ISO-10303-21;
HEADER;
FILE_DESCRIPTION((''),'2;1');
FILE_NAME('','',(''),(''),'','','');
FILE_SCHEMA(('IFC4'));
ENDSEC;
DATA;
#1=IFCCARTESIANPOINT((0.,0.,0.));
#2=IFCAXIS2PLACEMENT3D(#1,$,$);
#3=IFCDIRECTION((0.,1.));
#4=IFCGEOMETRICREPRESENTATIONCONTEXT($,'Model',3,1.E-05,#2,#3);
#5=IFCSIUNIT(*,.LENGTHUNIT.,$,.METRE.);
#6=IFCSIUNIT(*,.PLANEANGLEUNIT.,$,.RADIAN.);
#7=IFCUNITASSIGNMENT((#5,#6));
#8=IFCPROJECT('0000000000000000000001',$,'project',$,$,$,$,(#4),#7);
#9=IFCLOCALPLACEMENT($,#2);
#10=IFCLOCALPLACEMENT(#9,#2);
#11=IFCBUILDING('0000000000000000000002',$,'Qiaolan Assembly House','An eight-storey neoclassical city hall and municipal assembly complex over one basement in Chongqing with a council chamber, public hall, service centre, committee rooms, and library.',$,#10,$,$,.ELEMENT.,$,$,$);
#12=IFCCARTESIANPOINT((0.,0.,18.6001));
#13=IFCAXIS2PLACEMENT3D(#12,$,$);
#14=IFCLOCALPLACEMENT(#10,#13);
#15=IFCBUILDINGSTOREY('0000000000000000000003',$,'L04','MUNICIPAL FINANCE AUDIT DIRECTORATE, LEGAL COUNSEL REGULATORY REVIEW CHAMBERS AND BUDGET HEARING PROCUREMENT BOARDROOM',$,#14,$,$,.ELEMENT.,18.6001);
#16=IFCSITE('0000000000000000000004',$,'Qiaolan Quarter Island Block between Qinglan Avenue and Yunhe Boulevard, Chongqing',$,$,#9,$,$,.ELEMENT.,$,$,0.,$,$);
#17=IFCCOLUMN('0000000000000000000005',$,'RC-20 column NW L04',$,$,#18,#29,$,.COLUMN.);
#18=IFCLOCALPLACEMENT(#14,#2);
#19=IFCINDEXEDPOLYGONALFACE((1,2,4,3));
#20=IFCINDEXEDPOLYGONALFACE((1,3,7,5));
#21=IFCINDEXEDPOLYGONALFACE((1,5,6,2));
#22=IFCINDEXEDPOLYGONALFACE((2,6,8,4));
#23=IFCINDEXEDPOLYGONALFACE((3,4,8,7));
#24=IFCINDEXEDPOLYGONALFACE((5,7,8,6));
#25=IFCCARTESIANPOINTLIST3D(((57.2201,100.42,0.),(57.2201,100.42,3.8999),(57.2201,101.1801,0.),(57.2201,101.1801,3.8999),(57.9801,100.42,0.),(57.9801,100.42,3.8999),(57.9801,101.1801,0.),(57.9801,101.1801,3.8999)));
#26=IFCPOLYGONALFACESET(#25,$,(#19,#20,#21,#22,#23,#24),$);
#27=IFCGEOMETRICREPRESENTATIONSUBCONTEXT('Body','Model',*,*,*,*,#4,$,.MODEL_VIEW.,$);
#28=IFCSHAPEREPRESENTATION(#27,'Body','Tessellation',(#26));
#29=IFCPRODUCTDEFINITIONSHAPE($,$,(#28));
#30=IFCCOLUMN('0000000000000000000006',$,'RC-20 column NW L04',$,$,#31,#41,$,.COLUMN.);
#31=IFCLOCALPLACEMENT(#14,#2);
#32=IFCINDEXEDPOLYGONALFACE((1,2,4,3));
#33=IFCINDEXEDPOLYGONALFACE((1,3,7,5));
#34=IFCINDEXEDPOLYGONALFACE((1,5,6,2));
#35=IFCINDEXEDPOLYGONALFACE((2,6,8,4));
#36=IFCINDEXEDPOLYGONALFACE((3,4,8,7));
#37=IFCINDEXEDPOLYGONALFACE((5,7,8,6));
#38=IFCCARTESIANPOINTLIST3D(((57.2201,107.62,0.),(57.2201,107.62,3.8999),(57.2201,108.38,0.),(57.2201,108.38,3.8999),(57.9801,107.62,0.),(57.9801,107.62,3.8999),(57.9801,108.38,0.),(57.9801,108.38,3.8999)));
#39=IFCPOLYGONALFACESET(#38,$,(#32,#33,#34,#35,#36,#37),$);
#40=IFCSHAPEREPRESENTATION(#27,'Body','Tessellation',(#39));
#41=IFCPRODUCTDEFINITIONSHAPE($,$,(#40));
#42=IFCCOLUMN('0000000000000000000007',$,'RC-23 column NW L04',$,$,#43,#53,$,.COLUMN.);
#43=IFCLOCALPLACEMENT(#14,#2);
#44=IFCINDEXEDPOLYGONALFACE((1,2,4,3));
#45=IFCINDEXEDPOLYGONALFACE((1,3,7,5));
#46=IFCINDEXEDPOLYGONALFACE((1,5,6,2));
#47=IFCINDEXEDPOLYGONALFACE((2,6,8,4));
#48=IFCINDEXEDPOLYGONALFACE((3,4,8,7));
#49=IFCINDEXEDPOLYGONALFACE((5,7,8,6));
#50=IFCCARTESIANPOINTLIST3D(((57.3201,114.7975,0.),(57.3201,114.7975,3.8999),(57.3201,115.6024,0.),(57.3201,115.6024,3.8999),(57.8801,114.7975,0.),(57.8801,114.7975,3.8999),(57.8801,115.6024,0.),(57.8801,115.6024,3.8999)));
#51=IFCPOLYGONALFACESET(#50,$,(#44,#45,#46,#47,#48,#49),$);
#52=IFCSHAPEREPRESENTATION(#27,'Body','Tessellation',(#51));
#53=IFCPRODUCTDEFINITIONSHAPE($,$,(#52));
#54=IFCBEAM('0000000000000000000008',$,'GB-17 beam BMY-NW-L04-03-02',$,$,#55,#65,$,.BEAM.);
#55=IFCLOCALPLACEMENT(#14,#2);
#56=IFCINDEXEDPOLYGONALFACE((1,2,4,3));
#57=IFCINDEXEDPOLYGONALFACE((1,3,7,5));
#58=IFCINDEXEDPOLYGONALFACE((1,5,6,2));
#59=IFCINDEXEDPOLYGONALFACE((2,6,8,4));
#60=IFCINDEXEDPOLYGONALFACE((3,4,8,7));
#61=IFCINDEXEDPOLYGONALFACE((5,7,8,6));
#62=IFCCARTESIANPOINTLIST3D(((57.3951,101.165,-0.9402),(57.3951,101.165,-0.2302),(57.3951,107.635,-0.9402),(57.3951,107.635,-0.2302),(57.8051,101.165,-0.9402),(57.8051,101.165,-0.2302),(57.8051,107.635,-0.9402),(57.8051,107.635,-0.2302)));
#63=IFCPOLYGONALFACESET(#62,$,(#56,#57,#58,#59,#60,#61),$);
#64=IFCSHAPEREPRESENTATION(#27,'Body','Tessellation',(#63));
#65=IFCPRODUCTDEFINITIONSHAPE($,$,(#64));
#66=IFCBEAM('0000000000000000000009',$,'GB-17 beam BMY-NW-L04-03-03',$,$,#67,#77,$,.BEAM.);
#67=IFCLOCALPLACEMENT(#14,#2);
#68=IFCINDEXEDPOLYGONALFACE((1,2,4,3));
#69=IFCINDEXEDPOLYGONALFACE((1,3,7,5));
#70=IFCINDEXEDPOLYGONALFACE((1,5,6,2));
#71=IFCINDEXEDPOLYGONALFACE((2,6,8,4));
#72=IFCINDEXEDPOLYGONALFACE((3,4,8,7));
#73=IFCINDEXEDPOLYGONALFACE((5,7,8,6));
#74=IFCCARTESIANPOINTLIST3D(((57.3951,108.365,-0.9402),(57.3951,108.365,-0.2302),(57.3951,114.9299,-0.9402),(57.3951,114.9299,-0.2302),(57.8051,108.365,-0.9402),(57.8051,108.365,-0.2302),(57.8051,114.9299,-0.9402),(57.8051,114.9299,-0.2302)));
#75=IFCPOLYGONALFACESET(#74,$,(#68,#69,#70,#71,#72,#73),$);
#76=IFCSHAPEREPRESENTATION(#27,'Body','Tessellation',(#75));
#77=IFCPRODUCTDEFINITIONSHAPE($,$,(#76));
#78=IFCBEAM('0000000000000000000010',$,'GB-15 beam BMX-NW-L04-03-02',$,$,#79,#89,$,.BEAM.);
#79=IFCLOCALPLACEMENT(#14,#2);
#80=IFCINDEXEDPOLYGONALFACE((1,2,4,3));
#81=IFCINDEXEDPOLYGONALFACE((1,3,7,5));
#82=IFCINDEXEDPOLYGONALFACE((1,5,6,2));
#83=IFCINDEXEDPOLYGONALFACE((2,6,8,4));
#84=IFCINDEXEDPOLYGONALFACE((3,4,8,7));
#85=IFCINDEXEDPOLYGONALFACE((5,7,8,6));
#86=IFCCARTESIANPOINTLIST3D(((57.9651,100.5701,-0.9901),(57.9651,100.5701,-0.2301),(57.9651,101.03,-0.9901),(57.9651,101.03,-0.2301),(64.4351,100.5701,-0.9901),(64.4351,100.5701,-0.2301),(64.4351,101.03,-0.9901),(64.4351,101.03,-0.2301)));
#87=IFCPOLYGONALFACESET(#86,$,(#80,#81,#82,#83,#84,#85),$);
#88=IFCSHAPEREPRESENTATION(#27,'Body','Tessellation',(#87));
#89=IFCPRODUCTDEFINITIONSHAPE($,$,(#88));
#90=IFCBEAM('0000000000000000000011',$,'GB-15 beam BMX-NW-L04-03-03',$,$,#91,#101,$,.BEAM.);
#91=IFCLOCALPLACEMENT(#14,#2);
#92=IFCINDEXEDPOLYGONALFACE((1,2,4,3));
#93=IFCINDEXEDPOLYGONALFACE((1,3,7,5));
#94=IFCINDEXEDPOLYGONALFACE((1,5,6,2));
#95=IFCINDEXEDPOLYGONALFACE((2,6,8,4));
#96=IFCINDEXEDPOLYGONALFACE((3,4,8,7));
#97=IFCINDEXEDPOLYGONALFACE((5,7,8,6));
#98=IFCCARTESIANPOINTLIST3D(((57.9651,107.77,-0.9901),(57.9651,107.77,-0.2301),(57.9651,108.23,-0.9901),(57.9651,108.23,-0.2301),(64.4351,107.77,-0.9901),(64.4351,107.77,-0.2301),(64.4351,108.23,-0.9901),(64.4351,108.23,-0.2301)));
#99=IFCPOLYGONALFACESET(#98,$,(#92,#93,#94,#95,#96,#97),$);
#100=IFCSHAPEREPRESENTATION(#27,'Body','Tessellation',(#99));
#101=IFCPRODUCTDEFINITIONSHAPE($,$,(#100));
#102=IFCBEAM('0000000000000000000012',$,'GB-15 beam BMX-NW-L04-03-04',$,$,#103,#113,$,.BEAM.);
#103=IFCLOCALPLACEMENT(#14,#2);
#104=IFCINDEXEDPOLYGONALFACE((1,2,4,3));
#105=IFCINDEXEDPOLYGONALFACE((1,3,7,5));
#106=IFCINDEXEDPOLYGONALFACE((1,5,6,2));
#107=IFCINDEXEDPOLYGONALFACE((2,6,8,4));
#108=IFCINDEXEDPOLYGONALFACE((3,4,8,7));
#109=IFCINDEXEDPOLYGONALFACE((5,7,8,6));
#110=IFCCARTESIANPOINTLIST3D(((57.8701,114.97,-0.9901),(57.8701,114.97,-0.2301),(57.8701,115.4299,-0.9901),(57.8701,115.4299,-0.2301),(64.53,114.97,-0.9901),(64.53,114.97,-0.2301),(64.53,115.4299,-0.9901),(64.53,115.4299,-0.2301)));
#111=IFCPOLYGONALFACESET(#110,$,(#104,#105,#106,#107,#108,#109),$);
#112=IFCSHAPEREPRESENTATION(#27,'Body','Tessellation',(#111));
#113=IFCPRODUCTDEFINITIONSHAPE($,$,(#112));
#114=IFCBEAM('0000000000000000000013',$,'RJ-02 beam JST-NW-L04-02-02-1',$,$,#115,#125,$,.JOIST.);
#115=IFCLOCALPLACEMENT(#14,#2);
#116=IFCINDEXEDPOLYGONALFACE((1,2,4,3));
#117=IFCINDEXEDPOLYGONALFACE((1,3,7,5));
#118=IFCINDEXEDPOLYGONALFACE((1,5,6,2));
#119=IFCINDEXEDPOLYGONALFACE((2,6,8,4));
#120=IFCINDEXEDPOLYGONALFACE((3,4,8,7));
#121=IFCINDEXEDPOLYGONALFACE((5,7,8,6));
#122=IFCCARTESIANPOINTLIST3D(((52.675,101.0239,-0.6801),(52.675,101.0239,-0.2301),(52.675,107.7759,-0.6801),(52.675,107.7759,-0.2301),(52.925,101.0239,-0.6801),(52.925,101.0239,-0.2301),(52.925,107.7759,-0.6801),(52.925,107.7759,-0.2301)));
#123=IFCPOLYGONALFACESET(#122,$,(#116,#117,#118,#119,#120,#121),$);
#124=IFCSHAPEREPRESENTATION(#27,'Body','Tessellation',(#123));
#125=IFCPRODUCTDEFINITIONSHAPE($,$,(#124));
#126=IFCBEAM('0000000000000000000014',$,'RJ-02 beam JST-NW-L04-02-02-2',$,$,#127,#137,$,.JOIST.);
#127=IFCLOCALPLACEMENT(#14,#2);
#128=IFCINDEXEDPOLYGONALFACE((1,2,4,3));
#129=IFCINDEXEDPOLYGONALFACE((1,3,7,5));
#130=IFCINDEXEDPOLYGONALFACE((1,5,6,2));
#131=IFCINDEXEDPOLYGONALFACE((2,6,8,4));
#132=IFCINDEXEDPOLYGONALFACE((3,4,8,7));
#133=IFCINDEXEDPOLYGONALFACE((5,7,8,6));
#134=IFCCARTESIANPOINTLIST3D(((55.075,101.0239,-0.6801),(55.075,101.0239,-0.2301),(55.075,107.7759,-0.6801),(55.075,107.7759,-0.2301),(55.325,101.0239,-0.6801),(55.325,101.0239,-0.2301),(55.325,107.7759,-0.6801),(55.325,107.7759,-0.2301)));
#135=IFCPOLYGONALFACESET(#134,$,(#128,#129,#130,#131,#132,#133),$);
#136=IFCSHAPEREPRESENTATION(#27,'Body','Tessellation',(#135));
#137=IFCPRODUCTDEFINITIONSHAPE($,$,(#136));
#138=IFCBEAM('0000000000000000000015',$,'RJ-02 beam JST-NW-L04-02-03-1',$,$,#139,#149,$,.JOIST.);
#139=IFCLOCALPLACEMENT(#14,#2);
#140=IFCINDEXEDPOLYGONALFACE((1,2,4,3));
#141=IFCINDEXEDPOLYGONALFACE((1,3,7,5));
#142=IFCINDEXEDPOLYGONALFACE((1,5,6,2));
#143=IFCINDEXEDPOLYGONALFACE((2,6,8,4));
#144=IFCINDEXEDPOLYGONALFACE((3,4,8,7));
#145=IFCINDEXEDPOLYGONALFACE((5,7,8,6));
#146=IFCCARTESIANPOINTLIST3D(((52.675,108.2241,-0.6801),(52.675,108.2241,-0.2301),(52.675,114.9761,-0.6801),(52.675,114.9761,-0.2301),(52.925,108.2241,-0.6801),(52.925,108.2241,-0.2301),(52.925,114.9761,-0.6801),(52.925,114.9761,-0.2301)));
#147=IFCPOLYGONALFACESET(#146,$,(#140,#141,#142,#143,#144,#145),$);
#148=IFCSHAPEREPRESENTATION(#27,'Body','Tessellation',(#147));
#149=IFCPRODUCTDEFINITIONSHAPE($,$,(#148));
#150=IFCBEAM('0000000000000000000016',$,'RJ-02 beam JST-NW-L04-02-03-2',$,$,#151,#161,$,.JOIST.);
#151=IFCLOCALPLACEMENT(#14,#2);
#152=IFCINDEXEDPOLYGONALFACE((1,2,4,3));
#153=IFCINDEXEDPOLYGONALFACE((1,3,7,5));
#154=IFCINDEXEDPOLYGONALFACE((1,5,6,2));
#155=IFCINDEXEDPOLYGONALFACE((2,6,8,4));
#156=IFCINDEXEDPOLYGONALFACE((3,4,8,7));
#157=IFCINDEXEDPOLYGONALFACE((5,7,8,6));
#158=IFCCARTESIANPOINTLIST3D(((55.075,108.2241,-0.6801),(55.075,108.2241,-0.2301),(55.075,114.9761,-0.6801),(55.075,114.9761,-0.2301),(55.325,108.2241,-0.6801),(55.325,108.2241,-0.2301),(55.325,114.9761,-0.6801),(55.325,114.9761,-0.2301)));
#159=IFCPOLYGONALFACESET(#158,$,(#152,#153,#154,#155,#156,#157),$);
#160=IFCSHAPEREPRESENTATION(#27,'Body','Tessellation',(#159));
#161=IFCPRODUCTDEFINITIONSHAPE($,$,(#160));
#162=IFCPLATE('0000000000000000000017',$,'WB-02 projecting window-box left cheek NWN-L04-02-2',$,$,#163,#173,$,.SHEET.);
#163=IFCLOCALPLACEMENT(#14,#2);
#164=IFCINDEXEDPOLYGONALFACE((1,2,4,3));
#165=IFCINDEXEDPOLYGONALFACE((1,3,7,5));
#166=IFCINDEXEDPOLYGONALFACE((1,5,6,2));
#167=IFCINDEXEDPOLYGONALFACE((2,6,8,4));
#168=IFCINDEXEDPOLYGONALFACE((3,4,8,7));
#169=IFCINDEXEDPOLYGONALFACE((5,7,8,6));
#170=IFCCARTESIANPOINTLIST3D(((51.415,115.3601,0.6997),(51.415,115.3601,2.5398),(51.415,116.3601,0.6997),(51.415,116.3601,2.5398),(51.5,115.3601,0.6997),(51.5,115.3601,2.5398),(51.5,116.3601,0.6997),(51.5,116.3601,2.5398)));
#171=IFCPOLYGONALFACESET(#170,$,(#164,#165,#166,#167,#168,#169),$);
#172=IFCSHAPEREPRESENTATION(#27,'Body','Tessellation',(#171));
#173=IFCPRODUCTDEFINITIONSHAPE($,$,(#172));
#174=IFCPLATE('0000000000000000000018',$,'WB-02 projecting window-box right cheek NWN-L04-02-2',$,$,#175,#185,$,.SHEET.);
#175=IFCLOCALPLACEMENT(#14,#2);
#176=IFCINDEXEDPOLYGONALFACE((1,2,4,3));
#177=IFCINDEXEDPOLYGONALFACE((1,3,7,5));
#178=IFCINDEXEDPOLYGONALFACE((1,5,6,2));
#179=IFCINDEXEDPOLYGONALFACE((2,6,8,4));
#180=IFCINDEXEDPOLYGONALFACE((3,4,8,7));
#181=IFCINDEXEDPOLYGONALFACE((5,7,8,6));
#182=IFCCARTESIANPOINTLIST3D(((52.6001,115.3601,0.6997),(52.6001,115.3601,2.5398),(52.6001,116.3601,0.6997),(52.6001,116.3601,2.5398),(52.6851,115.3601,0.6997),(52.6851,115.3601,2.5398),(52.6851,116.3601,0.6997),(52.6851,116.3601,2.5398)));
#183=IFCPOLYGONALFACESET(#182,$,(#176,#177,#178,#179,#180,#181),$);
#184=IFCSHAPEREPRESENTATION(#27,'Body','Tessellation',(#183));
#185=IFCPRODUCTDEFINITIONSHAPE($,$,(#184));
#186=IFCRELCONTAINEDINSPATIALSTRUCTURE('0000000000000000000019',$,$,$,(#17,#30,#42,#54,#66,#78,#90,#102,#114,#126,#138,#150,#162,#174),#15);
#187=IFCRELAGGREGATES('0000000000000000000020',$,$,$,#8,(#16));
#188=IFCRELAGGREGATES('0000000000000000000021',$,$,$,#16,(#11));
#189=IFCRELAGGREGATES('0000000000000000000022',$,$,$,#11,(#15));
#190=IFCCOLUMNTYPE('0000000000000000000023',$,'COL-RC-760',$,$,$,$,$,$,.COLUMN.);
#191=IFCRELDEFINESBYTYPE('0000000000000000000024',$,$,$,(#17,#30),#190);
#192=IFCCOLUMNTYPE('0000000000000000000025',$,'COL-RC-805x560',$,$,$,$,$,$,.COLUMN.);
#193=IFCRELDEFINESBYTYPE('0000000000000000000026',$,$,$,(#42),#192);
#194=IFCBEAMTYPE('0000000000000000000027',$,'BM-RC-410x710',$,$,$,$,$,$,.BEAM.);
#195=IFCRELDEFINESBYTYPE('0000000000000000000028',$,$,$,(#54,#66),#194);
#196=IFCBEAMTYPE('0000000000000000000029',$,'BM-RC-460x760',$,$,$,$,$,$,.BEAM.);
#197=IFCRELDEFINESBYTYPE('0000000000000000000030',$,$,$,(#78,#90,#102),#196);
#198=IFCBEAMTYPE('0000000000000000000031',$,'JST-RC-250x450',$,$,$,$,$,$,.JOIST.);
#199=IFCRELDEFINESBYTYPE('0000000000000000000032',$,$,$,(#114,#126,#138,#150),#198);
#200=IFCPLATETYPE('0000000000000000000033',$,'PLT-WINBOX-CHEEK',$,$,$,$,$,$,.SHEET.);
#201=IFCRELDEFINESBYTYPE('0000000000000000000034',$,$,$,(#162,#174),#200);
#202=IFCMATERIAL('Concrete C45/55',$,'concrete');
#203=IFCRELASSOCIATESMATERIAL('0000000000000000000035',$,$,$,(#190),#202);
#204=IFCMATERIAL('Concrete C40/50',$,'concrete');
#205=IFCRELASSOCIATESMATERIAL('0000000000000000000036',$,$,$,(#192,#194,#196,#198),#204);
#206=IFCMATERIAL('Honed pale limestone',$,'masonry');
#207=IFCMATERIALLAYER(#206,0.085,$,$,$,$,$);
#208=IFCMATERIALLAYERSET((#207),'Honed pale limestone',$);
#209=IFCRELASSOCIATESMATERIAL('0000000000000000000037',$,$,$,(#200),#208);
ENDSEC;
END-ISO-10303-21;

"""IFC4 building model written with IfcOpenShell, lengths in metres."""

from ifc_helpers import new_model, si_unit, direction, frame, origin, origin_2d, place, context, subcontext, project, spatial, rectangle, extrude, material, layer, layer_set, material_profile, profile_set, type_object, element, save


model = new_model("IFC4")

# Units and contexts
model_context = context("Model", 3, precision=1e-05, world=origin(), true_north=direction((0.0, 1.0)))
body_context = subcontext(model_context, "Body", "Model", "MODEL_VIEW")
ifc_project = project(units=[si_unit("LENGTHUNIT", "METRE"), si_unit("PLANEANGLEUNIT", "RADIAN")], contexts=[model_context])

# Site, building, storey
site_placement = place(None, origin())
site = spatial("IfcSite", under=ifc_project, at=site_placement, Name="Qiaolan Quarter Island Block between Qinglan Avenue and Yunhe Boulevard, Chongqing", CompositionType="ELEMENT", RefElevation=0.0)
building_placement = place(site_placement, origin())
building = spatial("IfcBuilding", under=site, at=building_placement, Name="Qiaolan Assembly House", Description="An eight-storey neoclassical city hall and municipal assembly complex over one basement in Chongqing with a council chamber, public hall, service centre, committee rooms, and library.", CompositionType="ELEMENT")
storey_placement = place(building_placement, frame((0.0, 0.0, 18.6001)))
storey = spatial("IfcBuildingStorey", under=building, at=storey_placement, Name="L04", Description="MUNICIPAL FINANCE AUDIT DIRECTORATE, LEGAL COUNSEL REGULATORY REVIEW CHAMBERS AND BUDGET HEARING PROCUREMENT BOARDROOM", CompositionType="ELEMENT", Elevation=18.6001)

# Columns
ifc_material_1 = material(Name="Concrete C45/55", Category="concrete")
ifc_material_profile_1 = material_profile(ifc_material_1, rectangle(XDim=0.76, YDim=0.76, at=origin_2d()), Name="RC 760x760")
ifc_profile_set_1 = profile_set([ifc_material_profile_1], Name="Concrete C45/55")
column_type_1 = type_object("IfcColumnType", Name="COL-RC-760", PredefinedType="COLUMN", material=ifc_profile_set_1)
for number, where, z_axis, x_axis, name in (
    (1, (57.6001, 100.8, 0.0), (0.0, 0.0, 1.0), (1.0, 0.0, 0.0), "RC-20 column NW L04"),
    (2, (57.6001, 108.0, 0.0), (0.0, 0.0, 1.0), (1.0, 0.0, 0.0), "RC-20 column NW L04"),
):
    element("IfcColumn", number, at=place(storey_placement, frame(where, z_axis=z_axis, x_axis=x_axis)), inside=storey, type_object=column_type_1, Name=name, PredefinedType="COLUMN", context=body_context, shape_type="SweptSolid", body=[
        extrude(rectangle(XDim=0.76, YDim=0.76, at=origin_2d()), origin(), (0.0, 0.0, 1.0), 3.8999),
    ])
ifc_material_2 = material(Name="Concrete C40/50", Category="concrete")
ifc_material_profile_2 = material_profile(ifc_material_2, rectangle(XDim=0.5601, YDim=0.8049, at=origin_2d()), Name="RC 805x560")
ifc_profile_set_2 = profile_set([ifc_material_profile_2], Name="Concrete C40/50")
column_type_2 = type_object("IfcColumnType", Name="COL-RC-805x560", PredefinedType="COLUMN", material=ifc_profile_set_2)
column_placement = place(storey_placement, frame((57.6001, 115.2, 0.0), z_axis=(0.0, 0.0, 1.0), x_axis=(1.0, 0.0, 0.0)))
element("IfcColumn", 3, at=column_placement, inside=storey, type_object=column_type_2, Name="RC-23 column NW L04", PredefinedType="COLUMN", context=body_context, shape_type="SweptSolid", body=[
    extrude(rectangle(XDim=0.5601, YDim=0.8049, at=origin_2d()), origin(), (0.0, 0.0, 1.0), 3.8999),
])

# Beams
ifc_material_profile_3 = material_profile(ifc_material_2, rectangle(XDim=0.4099, YDim=0.71, at=origin_2d()), Name="RCB 410x710")
ifc_profile_set_3 = profile_set([ifc_material_profile_3], Name="Concrete C40/50")
beam_type_1 = type_object("IfcBeamType", Name="BM-RC-410x710", PredefinedType="BEAM", material=ifc_profile_set_3)
beam_1_placement = place(storey_placement, frame((57.6001, 101.165, -0.5852), z_axis=(0.0, 1.0, 0.0), x_axis=(-1.0, 0.0, 0.0)))
element("IfcBeam", 4, at=beam_1_placement, inside=storey, type_object=beam_type_1, Name="GB-17 beam BMY-NW-L04-03-02", PredefinedType="BEAM", context=body_context, shape_type="SweptSolid", body=[
    extrude(rectangle(XDim=0.4099, YDim=0.71, at=origin_2d()), origin(), (0.0, 0.0, 1.0), 6.47),
])
beam_2_placement = place(storey_placement, frame((57.6001, 108.365, -0.5852), z_axis=(0.0, 1.0, 0.0), x_axis=(-1.0, 0.0, 0.0)))
element("IfcBeam", 5, at=beam_2_placement, inside=storey, type_object=beam_type_1, Name="GB-17 beam BMY-NW-L04-03-03", PredefinedType="BEAM", context=body_context, shape_type="SweptSolid", body=[
    extrude(rectangle(XDim=0.4099, YDim=0.71, at=origin_2d()), origin(), (0.0, 0.0, 1.0), 6.5649),
])
ifc_material_profile_4 = material_profile(ifc_material_2, rectangle(XDim=0.46, YDim=0.76, at=origin_2d()), Name="RCB 460x760")
ifc_profile_set_4 = profile_set([ifc_material_profile_4], Name="Concrete C40/50")
beam_type_2 = type_object("IfcBeamType", Name="BM-RC-460x760", PredefinedType="BEAM", material=ifc_profile_set_4)
for number, where, z_axis, x_axis, name in (
    (6, (57.9651, 100.8, -0.6101), (1.0, 0.0, 0.0), (0.0, 1.0, 0.0), "GB-15 beam BMX-NW-L04-03-02"),
    (7, (57.9651, 108.0, -0.6101), (1.0, 0.0, 0.0), (0.0, 1.0, 0.0), "GB-15 beam BMX-NW-L04-03-03"),
):
    element("IfcBeam", number, at=place(storey_placement, frame(where, z_axis=z_axis, x_axis=x_axis)), inside=storey, type_object=beam_type_2, Name=name, PredefinedType="BEAM", context=body_context, shape_type="SweptSolid", body=[
        extrude(rectangle(XDim=0.46, YDim=0.76, at=origin_2d()), origin(), (0.0, 0.0, 1.0), 6.47),
    ])
beam_3_placement = place(storey_placement, frame((57.8701, 115.2, -0.6101), z_axis=(1.0, 0.0, 0.0), x_axis=(0.0, 1.0, 0.0)))
element("IfcBeam", 8, at=beam_3_placement, inside=storey, type_object=beam_type_2, Name="GB-15 beam BMX-NW-L04-03-04", PredefinedType="BEAM", context=body_context, shape_type="SweptSolid", body=[
    extrude(rectangle(XDim=0.46, YDim=0.76, at=origin_2d()), origin(), (0.0, 0.0, 1.0), 6.6599),
])
ifc_material_profile_5 = material_profile(ifc_material_2, rectangle(XDim=0.25, YDim=0.45, at=origin_2d()), Name="RCB 250x450")
ifc_profile_set_5 = profile_set([ifc_material_profile_5], Name="Concrete C40/50")
beam_type_3 = type_object("IfcBeamType", Name="JST-RC-250x450", PredefinedType="JOIST", material=ifc_profile_set_5)
for number, where, z_axis, x_axis, name in (
    (9, (52.8, 101.0239, -0.4551), (0.0, 1.0, 0.0), (-1.0, 0.0, 0.0), "RJ-02 beam JST-NW-L04-02-02-1"),
    (10, (55.2, 101.0239, -0.4551), (0.0, 1.0, 0.0), (-1.0, 0.0, 0.0), "RJ-02 beam JST-NW-L04-02-02-2"),
    (11, (52.8, 108.2241, -0.4551), (0.0, 1.0, 0.0), (-1.0, 0.0, 0.0), "RJ-02 beam JST-NW-L04-02-03-1"),
    (12, (55.2, 108.2241, -0.4551), (0.0, 1.0, 0.0), (-1.0, 0.0, 0.0), "RJ-02 beam JST-NW-L04-02-03-2"),
):
    element("IfcBeam", number, at=place(storey_placement, frame(where, z_axis=z_axis, x_axis=x_axis)), inside=storey, type_object=beam_type_3, Name=name, PredefinedType="JOIST", context=body_context, shape_type="SweptSolid", body=[
        extrude(rectangle(XDim=0.25, YDim=0.45, at=origin_2d()), origin(), (0.0, 0.0, 1.0), 6.752),
    ])

# Plates
ifc_material_3 = material(Name="Honed pale limestone", Category="masonry")
ifc_layer_1 = layer(ifc_material_3, 0.085)
ifc_layer_set_1 = layer_set([ifc_layer_1], Name="Honed pale limestone")
plate_type = type_object("IfcPlateType", Name="PLT-WINBOX-CHEEK", PredefinedType="SHEET", material=ifc_layer_set_1)
for number, where, z_axis, x_axis, name in (
    (13, (51.4575, 115.8601, 0.6997), (0.0, 0.0, 1.0), (1.0, 0.0, 0.0), "WB-02 projecting window-box left cheek NWN-L04-02-2"),
    (14, (52.6426, 115.8601, 0.6997), (0.0, 0.0, 1.0), (1.0, 0.0, 0.0), "WB-02 projecting window-box right cheek NWN-L04-02-2"),
):
    element("IfcPlate", number, at=place(storey_placement, frame(where, z_axis=z_axis, x_axis=x_axis)), inside=storey, type_object=plate_type, Name=name, PredefinedType="SHEET", context=body_context, shape_type="SweptSolid", body=[
        extrude(rectangle(XDim=0.085, YDim=1.0, at=origin_2d()), origin(), (0.0, 0.0, 1.0), 1.8401),
    ])

save(model, "model.ifc")
